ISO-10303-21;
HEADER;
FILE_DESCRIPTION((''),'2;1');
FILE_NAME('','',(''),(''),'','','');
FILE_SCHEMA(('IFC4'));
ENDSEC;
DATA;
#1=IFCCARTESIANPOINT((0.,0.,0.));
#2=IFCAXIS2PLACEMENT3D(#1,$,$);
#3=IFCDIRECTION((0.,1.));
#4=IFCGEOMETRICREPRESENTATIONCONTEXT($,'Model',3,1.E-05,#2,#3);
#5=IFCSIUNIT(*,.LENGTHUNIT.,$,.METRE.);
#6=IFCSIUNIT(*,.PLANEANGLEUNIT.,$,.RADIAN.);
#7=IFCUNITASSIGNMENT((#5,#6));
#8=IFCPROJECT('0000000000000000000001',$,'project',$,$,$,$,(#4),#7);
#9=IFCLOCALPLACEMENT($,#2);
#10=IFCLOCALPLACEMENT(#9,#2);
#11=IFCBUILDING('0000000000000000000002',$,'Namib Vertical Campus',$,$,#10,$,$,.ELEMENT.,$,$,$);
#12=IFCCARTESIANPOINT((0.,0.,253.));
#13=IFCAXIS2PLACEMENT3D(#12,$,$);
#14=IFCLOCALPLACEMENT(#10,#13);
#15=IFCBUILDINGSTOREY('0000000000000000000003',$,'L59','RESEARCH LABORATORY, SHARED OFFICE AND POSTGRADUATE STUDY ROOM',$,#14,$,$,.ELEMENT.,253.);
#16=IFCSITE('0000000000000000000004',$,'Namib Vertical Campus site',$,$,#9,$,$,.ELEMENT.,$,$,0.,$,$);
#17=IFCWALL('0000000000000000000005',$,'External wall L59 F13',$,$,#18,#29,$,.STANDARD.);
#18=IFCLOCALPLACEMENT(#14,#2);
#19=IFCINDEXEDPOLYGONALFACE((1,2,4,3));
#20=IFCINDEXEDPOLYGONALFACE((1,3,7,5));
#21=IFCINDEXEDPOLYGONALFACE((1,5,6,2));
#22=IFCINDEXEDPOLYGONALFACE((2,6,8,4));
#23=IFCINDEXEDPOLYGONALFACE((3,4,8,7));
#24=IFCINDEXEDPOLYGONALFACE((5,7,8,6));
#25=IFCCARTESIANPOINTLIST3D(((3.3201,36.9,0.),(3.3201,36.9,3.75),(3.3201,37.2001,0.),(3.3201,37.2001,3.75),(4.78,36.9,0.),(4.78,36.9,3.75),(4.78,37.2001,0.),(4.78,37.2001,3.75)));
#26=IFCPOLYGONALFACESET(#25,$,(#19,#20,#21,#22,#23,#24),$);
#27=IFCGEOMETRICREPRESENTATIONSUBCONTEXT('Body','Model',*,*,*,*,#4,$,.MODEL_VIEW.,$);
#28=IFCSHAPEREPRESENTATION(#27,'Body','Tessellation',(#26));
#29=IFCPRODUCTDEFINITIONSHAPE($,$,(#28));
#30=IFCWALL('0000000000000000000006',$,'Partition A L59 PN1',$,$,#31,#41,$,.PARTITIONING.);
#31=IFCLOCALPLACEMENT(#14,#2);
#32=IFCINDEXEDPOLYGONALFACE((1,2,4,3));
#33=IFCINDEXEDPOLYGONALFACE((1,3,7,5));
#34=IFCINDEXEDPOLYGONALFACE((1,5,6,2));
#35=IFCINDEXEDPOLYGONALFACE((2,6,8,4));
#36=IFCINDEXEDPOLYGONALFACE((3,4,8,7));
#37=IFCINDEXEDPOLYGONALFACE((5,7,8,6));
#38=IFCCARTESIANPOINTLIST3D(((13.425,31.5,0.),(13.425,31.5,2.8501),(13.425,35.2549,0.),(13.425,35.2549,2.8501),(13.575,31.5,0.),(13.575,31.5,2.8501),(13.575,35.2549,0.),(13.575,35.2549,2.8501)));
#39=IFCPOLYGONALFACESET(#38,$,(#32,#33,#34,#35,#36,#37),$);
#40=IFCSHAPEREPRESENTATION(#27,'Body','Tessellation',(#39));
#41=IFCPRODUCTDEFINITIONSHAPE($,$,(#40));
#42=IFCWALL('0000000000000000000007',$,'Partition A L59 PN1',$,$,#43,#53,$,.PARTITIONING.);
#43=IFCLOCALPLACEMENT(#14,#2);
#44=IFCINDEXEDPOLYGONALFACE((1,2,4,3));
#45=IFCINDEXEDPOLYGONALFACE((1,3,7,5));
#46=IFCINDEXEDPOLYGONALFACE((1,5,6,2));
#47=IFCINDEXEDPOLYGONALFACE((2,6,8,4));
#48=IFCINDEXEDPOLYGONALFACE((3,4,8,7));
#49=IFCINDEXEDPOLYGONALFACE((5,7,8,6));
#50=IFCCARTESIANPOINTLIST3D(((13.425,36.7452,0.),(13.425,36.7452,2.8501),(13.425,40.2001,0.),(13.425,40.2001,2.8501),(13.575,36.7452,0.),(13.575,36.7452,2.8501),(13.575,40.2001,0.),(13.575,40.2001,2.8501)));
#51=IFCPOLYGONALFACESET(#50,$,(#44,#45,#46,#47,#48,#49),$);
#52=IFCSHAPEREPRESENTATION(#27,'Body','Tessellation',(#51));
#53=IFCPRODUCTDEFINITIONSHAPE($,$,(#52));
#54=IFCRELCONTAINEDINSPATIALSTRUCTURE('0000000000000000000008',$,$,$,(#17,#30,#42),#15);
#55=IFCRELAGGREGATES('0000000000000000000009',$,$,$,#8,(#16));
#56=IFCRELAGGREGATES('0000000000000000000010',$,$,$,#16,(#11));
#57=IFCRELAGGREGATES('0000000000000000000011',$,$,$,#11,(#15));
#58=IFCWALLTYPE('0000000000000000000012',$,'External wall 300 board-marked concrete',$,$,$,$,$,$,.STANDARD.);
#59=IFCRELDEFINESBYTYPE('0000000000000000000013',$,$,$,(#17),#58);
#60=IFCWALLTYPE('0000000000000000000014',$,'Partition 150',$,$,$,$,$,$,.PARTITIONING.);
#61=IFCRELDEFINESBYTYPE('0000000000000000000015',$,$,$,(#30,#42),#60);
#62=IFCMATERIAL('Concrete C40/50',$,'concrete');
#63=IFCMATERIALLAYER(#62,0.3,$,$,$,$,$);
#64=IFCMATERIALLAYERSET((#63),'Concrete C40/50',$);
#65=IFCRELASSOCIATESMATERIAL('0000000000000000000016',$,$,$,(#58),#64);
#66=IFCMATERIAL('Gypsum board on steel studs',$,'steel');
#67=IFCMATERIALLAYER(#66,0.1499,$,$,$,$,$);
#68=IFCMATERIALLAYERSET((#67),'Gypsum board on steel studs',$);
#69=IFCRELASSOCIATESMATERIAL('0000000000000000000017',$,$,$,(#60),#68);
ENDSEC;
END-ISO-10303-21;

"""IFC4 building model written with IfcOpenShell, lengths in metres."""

from ifc_helpers import new_model, si_unit, direction, frame, frame_2d, origin, place, context, subcontext, project, spatial, rectangle, extrude, material, layer, layer_set, type_object, element, save


model = new_model("IFC4")

# Units and contexts
model_context = context("Model", 3, precision=1e-05, world=origin(), true_north=direction((0.0, 1.0)))
body_context = subcontext(model_context, "Body", "Model", "MODEL_VIEW")
ifc_project = project(units=[si_unit("LENGTHUNIT", "METRE"), si_unit("PLANEANGLEUNIT", "RADIAN")], contexts=[model_context])

# Site, building, storey
site_placement = place(None, origin())
site = spatial("IfcSite", under=ifc_project, at=site_placement, Name="Namib Vertical Campus site", CompositionType="ELEMENT", RefElevation=0.0)
building_placement = place(site_placement, origin())
building = spatial("IfcBuilding", under=site, at=building_placement, Name="Namib Vertical Campus", CompositionType="ELEMENT")
storey_placement = place(building_placement, frame((0.0, 0.0, 253.0)))
storey = spatial("IfcBuildingStorey", under=building, at=storey_placement, Name="L59", Description="RESEARCH LABORATORY, SHARED OFFICE AND POSTGRADUATE STUDY ROOM", CompositionType="ELEMENT", Elevation=253.0)

# Walls
ifc_material_1 = material(Name="Concrete C40/50", Category="concrete")
ifc_layer_1 = layer(ifc_material_1, 0.3)
ifc_layer_set_1 = layer_set([ifc_layer_1], Name="Concrete C40/50")
wall_type_1 = type_object("IfcWallType", Name="External wall 300 board-marked concrete", PredefinedType="STANDARD", material=ifc_layer_set_1)
wall_1_placement = place(storey_placement, frame((4.78, 37.05, 0.0), z_axis=(0.0, 0.0, 1.0), x_axis=(-1.0, 0.0, 0.0)))
element("IfcWall", 1, at=wall_1_placement, inside=storey, type_object=wall_type_1, Name="External wall L59 F13", PredefinedType="STANDARD", context=body_context, shape_type="SweptSolid", body=[
    extrude(rectangle(XDim=1.46, YDim=0.3, at=frame_2d((0.73, 0.0))), origin(), (0.0, 0.0, 1.0), 3.75),
])
ifc_material_2 = material(Name="Gypsum board on steel studs", Category="steel")
ifc_layer_2 = layer(ifc_material_2, 0.1499)
ifc_layer_set_2 = layer_set([ifc_layer_2], Name="Gypsum board on steel studs")
wall_type_2 = type_object("IfcWallType", Name="Partition 150", PredefinedType="PARTITIONING", material=ifc_layer_set_2)
wall_2_placement = place(storey_placement, frame((13.5, 31.5, 0.0), z_axis=(0.0, 0.0, 1.0), x_axis=(0.0, 1.0, 0.0)))
element("IfcWall", 2, at=wall_2_placement, inside=storey, type_object=wall_type_2, Name="Partition A L59 PN1", PredefinedType="PARTITIONING", context=body_context, shape_type="SweptSolid", body=[
    extrude(rectangle(XDim=3.7549, YDim=0.1499, at=frame_2d((1.8774, 0.0))), origin(), (0.0, 0.0, 1.0), 2.8501),
])
wall_3_placement = place(storey_placement, frame((13.5, 36.7451, 0.0), z_axis=(0.0, 0.0, 1.0), x_axis=(0.0, 1.0, 0.0)))
element("IfcWall", 3, at=wall_3_placement, inside=storey, type_object=wall_type_2, Name="Partition A L59 PN1", PredefinedType="PARTITIONING", context=body_context, shape_type="SweptSolid", body=[
    extrude(rectangle(XDim=3.4548, YDim=0.1499, at=frame_2d((1.7275, 0.0))), origin(), (0.0, 0.0, 1.0), 2.8501),
])

save(model, "model.ifc")
